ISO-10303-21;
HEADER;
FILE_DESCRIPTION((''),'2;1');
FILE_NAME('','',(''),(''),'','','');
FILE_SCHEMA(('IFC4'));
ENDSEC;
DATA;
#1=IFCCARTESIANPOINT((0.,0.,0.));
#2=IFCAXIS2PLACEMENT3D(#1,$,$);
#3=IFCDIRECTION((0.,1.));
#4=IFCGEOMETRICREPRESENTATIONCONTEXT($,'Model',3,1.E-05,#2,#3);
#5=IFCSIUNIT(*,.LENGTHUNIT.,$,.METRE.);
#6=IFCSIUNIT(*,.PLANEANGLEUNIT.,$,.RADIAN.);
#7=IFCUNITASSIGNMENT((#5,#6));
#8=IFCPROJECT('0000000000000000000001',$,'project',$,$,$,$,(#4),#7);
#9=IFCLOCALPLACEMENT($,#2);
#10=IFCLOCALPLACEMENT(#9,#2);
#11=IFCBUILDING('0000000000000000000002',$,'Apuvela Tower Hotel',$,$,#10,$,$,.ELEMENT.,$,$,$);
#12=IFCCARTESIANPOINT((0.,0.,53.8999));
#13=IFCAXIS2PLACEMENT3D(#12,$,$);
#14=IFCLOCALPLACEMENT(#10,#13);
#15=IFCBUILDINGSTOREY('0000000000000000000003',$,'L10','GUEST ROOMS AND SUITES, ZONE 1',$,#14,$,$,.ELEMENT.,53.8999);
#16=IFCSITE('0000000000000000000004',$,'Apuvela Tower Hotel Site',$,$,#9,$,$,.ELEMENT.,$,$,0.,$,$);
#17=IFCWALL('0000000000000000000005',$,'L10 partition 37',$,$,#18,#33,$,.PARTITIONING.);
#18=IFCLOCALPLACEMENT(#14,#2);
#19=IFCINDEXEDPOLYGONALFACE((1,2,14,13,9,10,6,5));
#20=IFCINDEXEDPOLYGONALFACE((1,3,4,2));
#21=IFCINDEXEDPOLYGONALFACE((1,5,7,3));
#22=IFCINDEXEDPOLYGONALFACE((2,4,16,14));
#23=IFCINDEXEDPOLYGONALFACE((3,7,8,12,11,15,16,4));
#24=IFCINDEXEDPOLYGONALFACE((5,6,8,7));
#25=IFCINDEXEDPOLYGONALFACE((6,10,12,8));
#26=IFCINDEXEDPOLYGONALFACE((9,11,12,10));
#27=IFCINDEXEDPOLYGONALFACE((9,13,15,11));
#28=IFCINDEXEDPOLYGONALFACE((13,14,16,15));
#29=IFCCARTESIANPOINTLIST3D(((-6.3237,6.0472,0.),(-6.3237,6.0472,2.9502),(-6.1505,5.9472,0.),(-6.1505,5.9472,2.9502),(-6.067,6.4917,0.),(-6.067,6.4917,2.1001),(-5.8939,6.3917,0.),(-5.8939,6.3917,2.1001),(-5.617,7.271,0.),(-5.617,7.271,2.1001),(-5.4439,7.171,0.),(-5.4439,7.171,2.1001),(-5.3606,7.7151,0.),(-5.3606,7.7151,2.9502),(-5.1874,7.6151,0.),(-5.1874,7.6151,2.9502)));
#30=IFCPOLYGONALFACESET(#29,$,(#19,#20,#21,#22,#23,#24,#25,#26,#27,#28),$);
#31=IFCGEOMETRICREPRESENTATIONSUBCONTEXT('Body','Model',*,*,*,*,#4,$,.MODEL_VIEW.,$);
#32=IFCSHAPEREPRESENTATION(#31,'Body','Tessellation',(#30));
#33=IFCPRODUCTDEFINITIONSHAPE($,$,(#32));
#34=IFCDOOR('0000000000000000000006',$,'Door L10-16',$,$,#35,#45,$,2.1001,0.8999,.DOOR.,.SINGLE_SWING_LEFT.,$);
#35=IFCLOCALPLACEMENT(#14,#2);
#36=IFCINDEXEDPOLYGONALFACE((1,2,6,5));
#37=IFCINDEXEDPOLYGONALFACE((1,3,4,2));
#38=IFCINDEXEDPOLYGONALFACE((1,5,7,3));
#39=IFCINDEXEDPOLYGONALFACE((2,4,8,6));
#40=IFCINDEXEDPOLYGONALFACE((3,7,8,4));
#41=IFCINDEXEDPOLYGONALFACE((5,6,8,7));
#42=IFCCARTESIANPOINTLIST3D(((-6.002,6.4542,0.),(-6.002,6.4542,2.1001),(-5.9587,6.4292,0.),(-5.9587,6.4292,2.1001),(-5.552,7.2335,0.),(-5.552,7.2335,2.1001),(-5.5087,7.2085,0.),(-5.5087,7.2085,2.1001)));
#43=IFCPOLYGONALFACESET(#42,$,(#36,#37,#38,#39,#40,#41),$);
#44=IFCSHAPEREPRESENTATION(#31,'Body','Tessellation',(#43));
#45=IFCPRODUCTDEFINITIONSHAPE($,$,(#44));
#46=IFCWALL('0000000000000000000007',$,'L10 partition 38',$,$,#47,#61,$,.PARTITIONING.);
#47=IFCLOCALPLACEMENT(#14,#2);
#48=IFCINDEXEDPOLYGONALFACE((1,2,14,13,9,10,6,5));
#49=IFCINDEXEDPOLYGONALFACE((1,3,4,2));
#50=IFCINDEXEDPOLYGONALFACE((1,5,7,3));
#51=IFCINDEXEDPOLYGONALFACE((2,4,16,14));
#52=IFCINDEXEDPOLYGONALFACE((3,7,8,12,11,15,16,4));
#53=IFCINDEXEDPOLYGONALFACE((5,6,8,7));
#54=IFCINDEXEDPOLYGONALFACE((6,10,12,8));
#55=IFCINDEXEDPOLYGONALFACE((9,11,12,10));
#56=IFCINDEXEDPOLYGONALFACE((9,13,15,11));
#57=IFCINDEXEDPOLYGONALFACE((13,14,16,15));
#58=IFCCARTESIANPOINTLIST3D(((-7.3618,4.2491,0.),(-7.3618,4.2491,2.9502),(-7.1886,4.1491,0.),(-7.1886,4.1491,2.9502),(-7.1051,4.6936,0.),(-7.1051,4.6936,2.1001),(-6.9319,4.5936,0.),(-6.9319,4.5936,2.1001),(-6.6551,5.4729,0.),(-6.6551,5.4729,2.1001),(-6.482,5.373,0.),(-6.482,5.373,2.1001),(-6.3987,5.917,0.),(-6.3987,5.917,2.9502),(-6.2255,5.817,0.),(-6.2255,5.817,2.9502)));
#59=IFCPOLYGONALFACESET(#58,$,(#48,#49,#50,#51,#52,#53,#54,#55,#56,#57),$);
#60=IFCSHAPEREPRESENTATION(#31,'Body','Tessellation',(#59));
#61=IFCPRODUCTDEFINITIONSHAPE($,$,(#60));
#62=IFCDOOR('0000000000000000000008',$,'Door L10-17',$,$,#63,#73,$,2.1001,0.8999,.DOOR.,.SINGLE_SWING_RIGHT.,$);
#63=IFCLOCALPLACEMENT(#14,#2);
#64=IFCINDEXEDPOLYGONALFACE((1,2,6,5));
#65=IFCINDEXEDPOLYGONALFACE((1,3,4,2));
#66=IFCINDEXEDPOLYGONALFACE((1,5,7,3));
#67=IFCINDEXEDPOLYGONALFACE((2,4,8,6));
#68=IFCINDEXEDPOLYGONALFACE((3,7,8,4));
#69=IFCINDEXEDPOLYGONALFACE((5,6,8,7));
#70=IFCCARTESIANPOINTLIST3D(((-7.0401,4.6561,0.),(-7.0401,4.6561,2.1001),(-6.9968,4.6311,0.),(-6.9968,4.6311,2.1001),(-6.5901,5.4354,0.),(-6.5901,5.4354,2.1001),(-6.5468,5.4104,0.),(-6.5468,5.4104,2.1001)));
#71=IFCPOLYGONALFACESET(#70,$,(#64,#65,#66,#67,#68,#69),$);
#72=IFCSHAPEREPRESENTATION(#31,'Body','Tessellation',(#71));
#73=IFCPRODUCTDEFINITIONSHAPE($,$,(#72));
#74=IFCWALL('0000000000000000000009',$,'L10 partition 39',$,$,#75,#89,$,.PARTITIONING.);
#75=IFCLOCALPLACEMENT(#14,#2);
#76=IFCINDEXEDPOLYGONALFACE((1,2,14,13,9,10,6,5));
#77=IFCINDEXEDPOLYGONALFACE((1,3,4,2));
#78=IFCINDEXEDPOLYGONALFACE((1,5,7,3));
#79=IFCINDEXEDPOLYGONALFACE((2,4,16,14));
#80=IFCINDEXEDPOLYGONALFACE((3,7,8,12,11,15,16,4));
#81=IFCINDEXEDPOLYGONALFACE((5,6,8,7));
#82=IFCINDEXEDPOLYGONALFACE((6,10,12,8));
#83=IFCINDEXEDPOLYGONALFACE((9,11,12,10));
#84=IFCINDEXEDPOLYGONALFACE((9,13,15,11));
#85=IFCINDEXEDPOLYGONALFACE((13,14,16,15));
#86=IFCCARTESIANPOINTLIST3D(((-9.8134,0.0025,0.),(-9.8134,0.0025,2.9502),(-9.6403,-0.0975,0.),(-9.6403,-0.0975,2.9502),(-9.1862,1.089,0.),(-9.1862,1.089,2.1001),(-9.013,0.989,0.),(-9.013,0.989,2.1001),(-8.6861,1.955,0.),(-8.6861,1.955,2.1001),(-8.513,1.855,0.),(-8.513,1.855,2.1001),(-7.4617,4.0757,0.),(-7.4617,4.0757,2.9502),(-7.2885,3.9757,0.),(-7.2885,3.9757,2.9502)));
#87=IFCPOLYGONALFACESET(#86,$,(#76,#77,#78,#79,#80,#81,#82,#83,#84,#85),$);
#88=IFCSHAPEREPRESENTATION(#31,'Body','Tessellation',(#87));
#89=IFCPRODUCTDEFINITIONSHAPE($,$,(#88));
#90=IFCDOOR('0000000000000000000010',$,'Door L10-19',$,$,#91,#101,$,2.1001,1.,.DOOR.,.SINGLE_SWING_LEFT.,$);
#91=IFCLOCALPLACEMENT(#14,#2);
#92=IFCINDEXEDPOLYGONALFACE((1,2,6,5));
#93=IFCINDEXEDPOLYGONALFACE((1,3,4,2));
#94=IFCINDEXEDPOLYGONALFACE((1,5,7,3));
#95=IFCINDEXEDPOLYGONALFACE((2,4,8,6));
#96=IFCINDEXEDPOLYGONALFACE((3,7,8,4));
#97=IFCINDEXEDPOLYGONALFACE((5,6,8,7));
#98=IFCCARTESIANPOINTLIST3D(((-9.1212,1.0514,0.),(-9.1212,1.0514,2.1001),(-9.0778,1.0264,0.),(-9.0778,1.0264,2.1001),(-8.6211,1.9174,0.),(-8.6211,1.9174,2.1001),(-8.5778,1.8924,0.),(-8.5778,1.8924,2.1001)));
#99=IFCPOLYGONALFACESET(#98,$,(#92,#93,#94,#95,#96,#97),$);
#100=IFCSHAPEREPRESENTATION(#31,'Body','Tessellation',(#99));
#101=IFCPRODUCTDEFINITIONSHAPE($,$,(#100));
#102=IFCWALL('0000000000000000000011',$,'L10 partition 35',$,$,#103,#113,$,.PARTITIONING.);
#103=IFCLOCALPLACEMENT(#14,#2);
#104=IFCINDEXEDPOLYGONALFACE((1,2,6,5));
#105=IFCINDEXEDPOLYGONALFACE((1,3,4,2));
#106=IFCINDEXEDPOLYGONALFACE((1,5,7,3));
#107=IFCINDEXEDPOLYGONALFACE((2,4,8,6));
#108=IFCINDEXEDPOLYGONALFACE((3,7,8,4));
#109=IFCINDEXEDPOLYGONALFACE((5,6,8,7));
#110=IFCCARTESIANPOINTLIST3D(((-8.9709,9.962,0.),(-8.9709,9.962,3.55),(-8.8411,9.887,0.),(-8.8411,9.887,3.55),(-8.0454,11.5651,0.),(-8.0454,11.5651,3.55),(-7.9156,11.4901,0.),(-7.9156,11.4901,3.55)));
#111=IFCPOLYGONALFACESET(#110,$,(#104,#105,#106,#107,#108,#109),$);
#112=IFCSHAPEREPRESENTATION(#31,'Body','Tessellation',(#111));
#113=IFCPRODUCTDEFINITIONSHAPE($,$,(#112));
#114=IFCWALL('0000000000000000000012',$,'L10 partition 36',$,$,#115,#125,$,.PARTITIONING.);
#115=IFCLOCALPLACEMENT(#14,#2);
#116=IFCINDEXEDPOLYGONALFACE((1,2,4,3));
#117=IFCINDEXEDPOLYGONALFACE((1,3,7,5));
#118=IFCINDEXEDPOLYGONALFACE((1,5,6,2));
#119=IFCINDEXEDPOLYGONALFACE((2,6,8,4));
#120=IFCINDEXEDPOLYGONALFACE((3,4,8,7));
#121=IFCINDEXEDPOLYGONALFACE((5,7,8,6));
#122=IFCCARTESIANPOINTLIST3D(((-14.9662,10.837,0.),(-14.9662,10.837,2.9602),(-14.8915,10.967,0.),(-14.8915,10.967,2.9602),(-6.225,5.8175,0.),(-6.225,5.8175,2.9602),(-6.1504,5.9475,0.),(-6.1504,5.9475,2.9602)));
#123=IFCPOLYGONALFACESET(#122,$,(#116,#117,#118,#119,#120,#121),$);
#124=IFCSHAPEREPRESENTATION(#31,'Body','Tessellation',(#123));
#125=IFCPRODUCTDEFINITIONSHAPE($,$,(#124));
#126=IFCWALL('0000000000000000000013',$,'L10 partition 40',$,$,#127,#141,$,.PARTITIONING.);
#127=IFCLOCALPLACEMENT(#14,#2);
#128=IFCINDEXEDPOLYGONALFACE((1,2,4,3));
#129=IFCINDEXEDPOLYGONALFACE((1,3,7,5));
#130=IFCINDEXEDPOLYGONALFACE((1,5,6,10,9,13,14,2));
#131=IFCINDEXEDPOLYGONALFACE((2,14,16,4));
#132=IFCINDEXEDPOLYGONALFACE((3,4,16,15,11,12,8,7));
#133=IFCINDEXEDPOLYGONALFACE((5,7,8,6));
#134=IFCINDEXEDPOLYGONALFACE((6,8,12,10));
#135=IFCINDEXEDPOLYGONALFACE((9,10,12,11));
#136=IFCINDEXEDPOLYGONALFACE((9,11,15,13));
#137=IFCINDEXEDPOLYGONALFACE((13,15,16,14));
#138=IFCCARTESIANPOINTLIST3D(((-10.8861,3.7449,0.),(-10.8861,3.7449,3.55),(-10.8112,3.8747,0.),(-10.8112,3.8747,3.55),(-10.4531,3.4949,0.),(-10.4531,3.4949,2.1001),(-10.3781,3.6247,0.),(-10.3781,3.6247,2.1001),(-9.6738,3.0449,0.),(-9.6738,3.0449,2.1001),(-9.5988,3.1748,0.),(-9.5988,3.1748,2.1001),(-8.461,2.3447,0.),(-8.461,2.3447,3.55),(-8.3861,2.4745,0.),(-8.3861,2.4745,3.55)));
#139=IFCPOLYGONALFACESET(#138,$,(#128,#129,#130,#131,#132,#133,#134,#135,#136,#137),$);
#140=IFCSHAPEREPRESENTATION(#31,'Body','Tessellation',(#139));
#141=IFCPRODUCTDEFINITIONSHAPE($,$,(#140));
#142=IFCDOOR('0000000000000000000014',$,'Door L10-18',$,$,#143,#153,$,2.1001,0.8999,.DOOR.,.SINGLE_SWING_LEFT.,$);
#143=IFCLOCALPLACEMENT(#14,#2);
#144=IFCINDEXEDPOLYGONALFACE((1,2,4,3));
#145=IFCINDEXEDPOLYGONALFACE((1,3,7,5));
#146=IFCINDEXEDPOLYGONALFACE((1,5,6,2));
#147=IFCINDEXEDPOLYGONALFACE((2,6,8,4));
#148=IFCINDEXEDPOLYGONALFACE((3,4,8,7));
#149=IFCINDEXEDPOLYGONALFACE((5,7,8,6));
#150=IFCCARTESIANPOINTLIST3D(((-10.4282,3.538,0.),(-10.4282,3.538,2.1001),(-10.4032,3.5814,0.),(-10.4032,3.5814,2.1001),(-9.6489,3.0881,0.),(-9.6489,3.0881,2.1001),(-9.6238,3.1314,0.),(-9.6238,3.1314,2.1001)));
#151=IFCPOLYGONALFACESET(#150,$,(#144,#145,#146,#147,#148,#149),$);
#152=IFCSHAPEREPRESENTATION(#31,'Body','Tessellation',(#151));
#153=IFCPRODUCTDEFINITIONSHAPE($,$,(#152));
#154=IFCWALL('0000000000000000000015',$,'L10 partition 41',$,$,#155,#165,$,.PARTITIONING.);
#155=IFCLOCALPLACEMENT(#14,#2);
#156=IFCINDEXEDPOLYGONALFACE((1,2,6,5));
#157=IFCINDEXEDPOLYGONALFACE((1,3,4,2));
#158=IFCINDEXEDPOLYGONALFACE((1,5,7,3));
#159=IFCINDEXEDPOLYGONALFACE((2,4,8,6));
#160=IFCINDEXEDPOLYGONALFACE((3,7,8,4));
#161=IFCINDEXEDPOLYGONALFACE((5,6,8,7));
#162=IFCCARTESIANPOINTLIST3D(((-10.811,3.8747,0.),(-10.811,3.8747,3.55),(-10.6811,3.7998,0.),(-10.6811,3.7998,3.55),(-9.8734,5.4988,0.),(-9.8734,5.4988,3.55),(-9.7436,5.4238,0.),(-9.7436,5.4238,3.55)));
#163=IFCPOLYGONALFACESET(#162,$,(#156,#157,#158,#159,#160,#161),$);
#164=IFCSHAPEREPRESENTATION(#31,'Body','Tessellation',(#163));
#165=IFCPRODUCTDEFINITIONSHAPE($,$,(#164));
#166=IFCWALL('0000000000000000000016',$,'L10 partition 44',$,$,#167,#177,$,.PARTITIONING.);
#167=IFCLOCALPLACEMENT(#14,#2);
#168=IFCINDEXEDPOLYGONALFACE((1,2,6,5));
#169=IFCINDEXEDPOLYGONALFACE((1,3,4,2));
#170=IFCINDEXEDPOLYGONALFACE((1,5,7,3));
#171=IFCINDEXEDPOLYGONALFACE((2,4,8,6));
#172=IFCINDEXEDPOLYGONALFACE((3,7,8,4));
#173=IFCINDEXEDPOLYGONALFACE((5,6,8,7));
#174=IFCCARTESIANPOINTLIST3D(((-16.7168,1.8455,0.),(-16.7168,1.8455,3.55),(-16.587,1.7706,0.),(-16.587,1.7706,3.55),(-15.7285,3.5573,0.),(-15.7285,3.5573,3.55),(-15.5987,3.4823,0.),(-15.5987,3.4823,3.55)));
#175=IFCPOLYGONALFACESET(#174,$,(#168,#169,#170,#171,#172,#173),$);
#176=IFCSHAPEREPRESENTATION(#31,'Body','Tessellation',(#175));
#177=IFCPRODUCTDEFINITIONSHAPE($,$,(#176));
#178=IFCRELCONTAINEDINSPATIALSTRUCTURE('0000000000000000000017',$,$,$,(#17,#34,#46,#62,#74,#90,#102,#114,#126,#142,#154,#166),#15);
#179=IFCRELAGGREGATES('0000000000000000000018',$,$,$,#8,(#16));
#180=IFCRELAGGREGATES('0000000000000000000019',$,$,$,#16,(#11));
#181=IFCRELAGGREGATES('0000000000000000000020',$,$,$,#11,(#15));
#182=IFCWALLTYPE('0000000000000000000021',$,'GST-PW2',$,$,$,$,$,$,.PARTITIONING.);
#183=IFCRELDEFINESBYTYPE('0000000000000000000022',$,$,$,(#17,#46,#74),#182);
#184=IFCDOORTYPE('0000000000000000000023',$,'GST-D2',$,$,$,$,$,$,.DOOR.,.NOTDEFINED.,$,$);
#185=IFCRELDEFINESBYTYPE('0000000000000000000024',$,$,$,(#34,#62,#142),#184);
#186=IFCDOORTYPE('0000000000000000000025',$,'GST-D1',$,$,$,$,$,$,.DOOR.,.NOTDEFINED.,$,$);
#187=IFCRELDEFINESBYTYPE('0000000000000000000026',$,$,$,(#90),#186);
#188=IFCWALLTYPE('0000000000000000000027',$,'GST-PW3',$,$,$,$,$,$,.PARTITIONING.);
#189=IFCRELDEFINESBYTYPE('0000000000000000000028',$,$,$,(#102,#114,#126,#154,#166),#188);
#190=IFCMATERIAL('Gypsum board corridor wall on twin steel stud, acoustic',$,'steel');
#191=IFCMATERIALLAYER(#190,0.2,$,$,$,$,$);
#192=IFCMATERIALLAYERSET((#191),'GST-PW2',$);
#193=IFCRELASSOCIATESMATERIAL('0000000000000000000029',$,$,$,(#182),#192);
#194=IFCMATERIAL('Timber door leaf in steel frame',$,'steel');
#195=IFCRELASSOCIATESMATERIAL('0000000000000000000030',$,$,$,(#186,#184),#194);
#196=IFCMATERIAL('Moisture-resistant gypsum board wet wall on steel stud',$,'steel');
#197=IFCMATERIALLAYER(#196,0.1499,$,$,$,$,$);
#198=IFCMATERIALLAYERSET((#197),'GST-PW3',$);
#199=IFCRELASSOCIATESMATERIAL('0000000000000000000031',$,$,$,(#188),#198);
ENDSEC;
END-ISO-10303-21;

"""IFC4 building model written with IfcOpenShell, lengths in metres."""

from ifc_helpers import new_model, si_unit, direction, frame, frame_2d, origin, place, context, subcontext, project, spatial, rectangle, extrude, material, layer, layer_set, type_object, element, fill, save


model = new_model("IFC4")

# Units and contexts
model_context = context("Model", 3, precision=1e-05, world=origin(), true_north=direction((0.0, 1.0)))
body_context = subcontext(model_context, "Body", "Model", "MODEL_VIEW")
ifc_project = project(units=[si_unit("LENGTHUNIT", "METRE"), si_unit("PLANEANGLEUNIT", "RADIAN")], contexts=[model_context])

# Site, building, storey
site_placement = place(None, origin())
site = spatial("IfcSite", under=ifc_project, at=site_placement, Name="Apuvela Tower Hotel Site", CompositionType="ELEMENT", RefElevation=0.0)
building_placement = place(site_placement, origin())
building = spatial("IfcBuilding", under=site, at=building_placement, Name="Apuvela Tower Hotel", CompositionType="ELEMENT")
storey_placement = place(building_placement, frame((0.0, 0.0, 53.8999)))
storey = spatial("IfcBuildingStorey", under=building, at=storey_placement, Name="L10", Description="GUEST ROOMS AND SUITES, ZONE 1", CompositionType="ELEMENT", Elevation=53.8999)

# Walls, openings, doors
ifc_material_1 = material(Name="Gypsum board corridor wall on twin steel stud, acoustic", Category="steel")
ifc_layer_1 = layer(ifc_material_1, 0.2)
ifc_layer_set_1 = layer_set([ifc_layer_1], Name="GST-PW2")
wall_type_1 = type_object("IfcWallType", Name="GST-PW2", PredefinedType="PARTITIONING", material=ifc_layer_set_1)
ifc_material_2 = material(Name="Timber door leaf in steel frame", Category="steel")
door_type_1 = type_object("IfcDoorType", Name="GST-D1", OperationType="NOTDEFINED", PredefinedType="DOOR", material=ifc_material_2)
wall_1_placement = place(storey_placement, frame((-6.2371, 5.9973, 0.0), z_axis=(0.0, 0.0, 1.0), x_axis=(0.500052, 0.865996, 0.0)))
wall_1 = element("IfcWall", 1, at=wall_1_placement, inside=storey, type_object=wall_type_1, Name="L10 partition 37", PredefinedType="PARTITIONING", context=body_context, shape_type="SweptSolid", body=[
    extrude(rectangle(XDim=1.926, YDim=0.2, at=frame_2d((0.9629, 0.0))), origin(), (0.0, 0.0, 1.0), 2.9502),
])
opening_1_placement = place(wall_1_placement, frame((0.5132, 0.0, 0.0)))
opening_1 = element("IfcOpeningElement", 2, at=opening_1_placement, cuts=wall_1, PredefinedType="OPENING", context=body_context, shape_type="SweptSolid", body=[
    extrude(rectangle(XDim=0.8999, YDim=2.1001, at=frame_2d((0.45, 1.05))), frame((0.0, 0.1099, 0.0), z_axis=(0.0, -1.0, 0.0), x_axis=(1.0, 0.0, 0.0)), (0.0, 0.0, 1.0), 0.22),
])
door_type_2 = type_object("IfcDoorType", Name="GST-D2", OperationType="NOTDEFINED", PredefinedType="DOOR", material=ifc_material_2)
door_1_placement = place(opening_1_placement, origin())
door_1 = element("IfcDoor", 3, at=door_1_placement, inside=storey, type_object=door_type_2, Name="Door L10-16", OperationType="SINGLE_SWING_LEFT", OverallHeight=2.1001, OverallWidth=0.8999, PredefinedType="DOOR", context=body_context, shape_type="SweptSolid", body=[
    extrude(rectangle(XDim=0.8999, YDim=2.1001, at=frame_2d((0.45, 1.05))), frame((0.0, 0.0249, 0.0), z_axis=(0.0, -1.0, 0.0), x_axis=(1.0, 0.0, 0.0)), (0.0, 0.0, 1.0), 0.05),
])
fill(opening_1, door_1)
wall_2_placement = place(storey_placement, frame((-7.2751, 4.1992, 0.0), z_axis=(0.0, 0.0, 1.0), x_axis=(0.500052, 0.865996, 0.0)))
wall_2 = element("IfcWall", 4, at=wall_2_placement, inside=storey, type_object=wall_type_1, Name="L10 partition 38", PredefinedType="PARTITIONING", context=body_context, shape_type="SweptSolid", body=[
    extrude(rectangle(XDim=1.926, YDim=0.2, at=frame_2d((0.9629, 0.0))), origin(), (0.0, 0.0, 1.0), 2.9502),
])
opening_2_placement = place(wall_2_placement, frame((0.5132, 0.0, 0.0)))
opening_2 = element("IfcOpeningElement", 5, at=opening_2_placement, cuts=wall_2, PredefinedType="OPENING", context=body_context, shape_type="SweptSolid", body=[
    extrude(rectangle(XDim=0.8999, YDim=2.1001, at=frame_2d((0.45, 1.05))), frame((0.0, 0.1099, 0.0), z_axis=(0.0, -1.0, 0.0), x_axis=(1.0, 0.0, 0.0)), (0.0, 0.0, 1.0), 0.22),
])
door_2_placement = place(opening_2_placement, origin())
door_2 = element("IfcDoor", 6, at=door_2_placement, inside=storey, type_object=door_type_2, Name="Door L10-17", OperationType="SINGLE_SWING_RIGHT", OverallHeight=2.1001, OverallWidth=0.8999, PredefinedType="DOOR", context=body_context, shape_type="SweptSolid", body=[
    extrude(rectangle(XDim=0.8999, YDim=2.1001, at=frame_2d((0.45, 1.05))), frame((0.0, 0.0249, 0.0), z_axis=(0.0, -1.0, 0.0), x_axis=(1.0, 0.0, 0.0)), (0.0, 0.0, 1.0), 0.05),
])
fill(opening_2, door_2)
wall_3_placement = place(storey_placement, frame((-9.7268, -0.0474, 0.0), z_axis=(0.0, 0.0, 1.0), x_axis=(0.500019, 0.866014, 0.0)))
wall_3 = element("IfcWall", 7, at=wall_3_placement, inside=storey, type_object=wall_type_1, Name="L10 partition 39", PredefinedType="PARTITIONING", context=body_context, shape_type="SweptSolid", body=[
    extrude(rectangle(XDim=4.7034, YDim=0.2, at=frame_2d((2.3516, 0.0))), origin(), (0.0, 0.0, 1.0), 2.9502),
])
opening_3_placement = place(wall_3_placement, frame((1.2544, 0.0, 0.0)))
opening_3 = element("IfcOpeningElement", 8, at=opening_3_placement, cuts=wall_3, PredefinedType="OPENING", context=body_context, shape_type="SweptSolid", body=[
    extrude(rectangle(XDim=1.0, YDim=2.1001, at=frame_2d((0.5, 1.05))), frame((0.0, 0.1099, 0.0), z_axis=(0.0, -1.0, 0.0), x_axis=(1.0, 0.0, 0.0)), (0.0, 0.0, 1.0), 0.22),
])
door_3_placement = place(opening_3_placement, origin())
door_3 = element("IfcDoor", 9, at=door_3_placement, inside=storey, type_object=door_type_1, Name="Door L10-19", OperationType="SINGLE_SWING_LEFT", OverallHeight=2.1001, OverallWidth=1.0, PredefinedType="DOOR", context=body_context, shape_type="SweptSolid", body=[
    extrude(rectangle(XDim=1.0, YDim=2.1001, at=frame_2d((0.5, 1.05))), frame((0.0, 0.0249, 0.0), z_axis=(0.0, -1.0, 0.0), x_axis=(1.0, 0.0, 0.0)), (0.0, 0.0, 1.0), 0.05),
])
fill(opening_3, door_3)

# Walls
ifc_material_3 = material(Name="Moisture-resistant gypsum board wet wall on steel stud", Category="steel")
ifc_layer_2 = layer(ifc_material_3, 0.1499)
ifc_layer_set_2 = layer_set([ifc_layer_2], Name="GST-PW3")
wall_type_2 = type_object("IfcWallType", Name="GST-PW3", PredefinedType="PARTITIONING", material=ifc_layer_set_2)
wall_4_placement = place(storey_placement, frame((-7.9805, 11.5276, 0.0), z_axis=(0.0, 0.0, 1.0), x_axis=(-0.500012, -0.866019, 0.0)))
element("IfcWall", 10, at=wall_4_placement, inside=storey, type_object=wall_type_2, Name="L10 partition 35", PredefinedType="PARTITIONING", context=body_context, shape_type="SweptSolid", body=[
    extrude(rectangle(XDim=1.8511, YDim=0.1499, at=frame_2d((0.9255, 0.0))), origin(), (0.0, 0.0, 1.0), 3.55),
])
wall_5_placement = place(storey_placement, frame((-14.929, 10.9021, 0.0), z_axis=(0.0, 0.0, 1.0), x_axis=(0.867192, -0.497974, 0.0)))
element("IfcWall", 11, at=wall_5_placement, inside=storey, type_object=wall_type_2, Name="L10 partition 36", PredefinedType="PARTITIONING", context=body_context, shape_type="SweptSolid", body=[
    extrude(rectangle(XDim=10.0798, YDim=0.1499, at=frame_2d((5.04, 0.0))), origin(), (0.0, 0.0, 1.0), 2.9602),
])

# Wall, opening, door
wall_6_placement = place(storey_placement, frame((-10.8486, 3.8098, 0.0), z_axis=(0.0, 0.0, 1.0), x_axis=(0.866019, -0.500012, 0.0)))
wall_6 = element("IfcWall", 12, at=wall_6_placement, inside=storey, type_object=wall_type_2, Name="L10 partition 40", PredefinedType="PARTITIONING", context=body_context, shape_type="SweptSolid", body=[
    extrude(rectangle(XDim=2.8003, YDim=0.1499, at=frame_2d((1.4001, 0.0))), origin(), (0.0, 0.0, 1.0), 3.55),
])
opening_4_placement = place(wall_6_placement, frame((0.5, 0.0, 0.0)))
opening_4 = element("IfcOpeningElement", 13, at=opening_4_placement, cuts=wall_6, PredefinedType="OPENING", context=body_context, shape_type="SweptSolid", body=[
    extrude(rectangle(XDim=0.8999, YDim=2.1001, at=frame_2d((0.45, 1.05))), frame((0.0, 0.085, 0.0), z_axis=(0.0, -1.0, 0.0), x_axis=(1.0, 0.0, 0.0)), (0.0, 0.0, 1.0), 0.1699),
])
door_4_placement = place(opening_4_placement, origin())
door_4 = element("IfcDoor", 14, at=door_4_placement, inside=storey, type_object=door_type_2, Name="Door L10-18", OperationType="SINGLE_SWING_LEFT", OverallHeight=2.1001, OverallWidth=0.8999, PredefinedType="DOOR", context=body_context, shape_type="SweptSolid", body=[
    extrude(rectangle(XDim=0.8999, YDim=2.1001, at=frame_2d((0.45, 1.05))), frame((0.0, 0.0249, 0.0), z_axis=(0.0, -1.0, 0.0), x_axis=(1.0, 0.0, 0.0)), (0.0, 0.0, 1.0), 0.05),
])
fill(opening_4, door_4)

# Walls
wall_7_placement = place(storey_placement, frame((-9.8086, 5.4612, 0.0), z_axis=(0.0, 0.0, 1.0), x_axis=(-0.499948, -0.866056, 0.0)))
element("IfcWall", 15, at=wall_7_placement, inside=storey, type_object=wall_type_2, Name="L10 partition 41", PredefinedType="PARTITIONING", context=body_context, shape_type="SweptSolid", body=[
    extrude(rectangle(XDim=1.8752, YDim=0.1499, at=frame_2d((0.9375, 0.0))), origin(), (0.0, 0.0, 1.0), 3.55),
])
wall_8_placement = place(storey_placement, frame((-15.6636, 3.5198, 0.0), z_axis=(0.0, 0.0, 1.0), x_axis=(-0.500018, -0.866015, 0.0)))
element("IfcWall", 16, at=wall_8_placement, inside=storey, type_object=wall_type_2, Name="L10 partition 44", PredefinedType="PARTITIONING", context=body_context, shape_type="SweptSolid", body=[
    extrude(rectangle(XDim=1.9766, YDim=0.1499, at=frame_2d((0.9883, 0.0))), origin(), (0.0, 0.0, 1.0), 3.55),
])

save(model, "model.ifc")
